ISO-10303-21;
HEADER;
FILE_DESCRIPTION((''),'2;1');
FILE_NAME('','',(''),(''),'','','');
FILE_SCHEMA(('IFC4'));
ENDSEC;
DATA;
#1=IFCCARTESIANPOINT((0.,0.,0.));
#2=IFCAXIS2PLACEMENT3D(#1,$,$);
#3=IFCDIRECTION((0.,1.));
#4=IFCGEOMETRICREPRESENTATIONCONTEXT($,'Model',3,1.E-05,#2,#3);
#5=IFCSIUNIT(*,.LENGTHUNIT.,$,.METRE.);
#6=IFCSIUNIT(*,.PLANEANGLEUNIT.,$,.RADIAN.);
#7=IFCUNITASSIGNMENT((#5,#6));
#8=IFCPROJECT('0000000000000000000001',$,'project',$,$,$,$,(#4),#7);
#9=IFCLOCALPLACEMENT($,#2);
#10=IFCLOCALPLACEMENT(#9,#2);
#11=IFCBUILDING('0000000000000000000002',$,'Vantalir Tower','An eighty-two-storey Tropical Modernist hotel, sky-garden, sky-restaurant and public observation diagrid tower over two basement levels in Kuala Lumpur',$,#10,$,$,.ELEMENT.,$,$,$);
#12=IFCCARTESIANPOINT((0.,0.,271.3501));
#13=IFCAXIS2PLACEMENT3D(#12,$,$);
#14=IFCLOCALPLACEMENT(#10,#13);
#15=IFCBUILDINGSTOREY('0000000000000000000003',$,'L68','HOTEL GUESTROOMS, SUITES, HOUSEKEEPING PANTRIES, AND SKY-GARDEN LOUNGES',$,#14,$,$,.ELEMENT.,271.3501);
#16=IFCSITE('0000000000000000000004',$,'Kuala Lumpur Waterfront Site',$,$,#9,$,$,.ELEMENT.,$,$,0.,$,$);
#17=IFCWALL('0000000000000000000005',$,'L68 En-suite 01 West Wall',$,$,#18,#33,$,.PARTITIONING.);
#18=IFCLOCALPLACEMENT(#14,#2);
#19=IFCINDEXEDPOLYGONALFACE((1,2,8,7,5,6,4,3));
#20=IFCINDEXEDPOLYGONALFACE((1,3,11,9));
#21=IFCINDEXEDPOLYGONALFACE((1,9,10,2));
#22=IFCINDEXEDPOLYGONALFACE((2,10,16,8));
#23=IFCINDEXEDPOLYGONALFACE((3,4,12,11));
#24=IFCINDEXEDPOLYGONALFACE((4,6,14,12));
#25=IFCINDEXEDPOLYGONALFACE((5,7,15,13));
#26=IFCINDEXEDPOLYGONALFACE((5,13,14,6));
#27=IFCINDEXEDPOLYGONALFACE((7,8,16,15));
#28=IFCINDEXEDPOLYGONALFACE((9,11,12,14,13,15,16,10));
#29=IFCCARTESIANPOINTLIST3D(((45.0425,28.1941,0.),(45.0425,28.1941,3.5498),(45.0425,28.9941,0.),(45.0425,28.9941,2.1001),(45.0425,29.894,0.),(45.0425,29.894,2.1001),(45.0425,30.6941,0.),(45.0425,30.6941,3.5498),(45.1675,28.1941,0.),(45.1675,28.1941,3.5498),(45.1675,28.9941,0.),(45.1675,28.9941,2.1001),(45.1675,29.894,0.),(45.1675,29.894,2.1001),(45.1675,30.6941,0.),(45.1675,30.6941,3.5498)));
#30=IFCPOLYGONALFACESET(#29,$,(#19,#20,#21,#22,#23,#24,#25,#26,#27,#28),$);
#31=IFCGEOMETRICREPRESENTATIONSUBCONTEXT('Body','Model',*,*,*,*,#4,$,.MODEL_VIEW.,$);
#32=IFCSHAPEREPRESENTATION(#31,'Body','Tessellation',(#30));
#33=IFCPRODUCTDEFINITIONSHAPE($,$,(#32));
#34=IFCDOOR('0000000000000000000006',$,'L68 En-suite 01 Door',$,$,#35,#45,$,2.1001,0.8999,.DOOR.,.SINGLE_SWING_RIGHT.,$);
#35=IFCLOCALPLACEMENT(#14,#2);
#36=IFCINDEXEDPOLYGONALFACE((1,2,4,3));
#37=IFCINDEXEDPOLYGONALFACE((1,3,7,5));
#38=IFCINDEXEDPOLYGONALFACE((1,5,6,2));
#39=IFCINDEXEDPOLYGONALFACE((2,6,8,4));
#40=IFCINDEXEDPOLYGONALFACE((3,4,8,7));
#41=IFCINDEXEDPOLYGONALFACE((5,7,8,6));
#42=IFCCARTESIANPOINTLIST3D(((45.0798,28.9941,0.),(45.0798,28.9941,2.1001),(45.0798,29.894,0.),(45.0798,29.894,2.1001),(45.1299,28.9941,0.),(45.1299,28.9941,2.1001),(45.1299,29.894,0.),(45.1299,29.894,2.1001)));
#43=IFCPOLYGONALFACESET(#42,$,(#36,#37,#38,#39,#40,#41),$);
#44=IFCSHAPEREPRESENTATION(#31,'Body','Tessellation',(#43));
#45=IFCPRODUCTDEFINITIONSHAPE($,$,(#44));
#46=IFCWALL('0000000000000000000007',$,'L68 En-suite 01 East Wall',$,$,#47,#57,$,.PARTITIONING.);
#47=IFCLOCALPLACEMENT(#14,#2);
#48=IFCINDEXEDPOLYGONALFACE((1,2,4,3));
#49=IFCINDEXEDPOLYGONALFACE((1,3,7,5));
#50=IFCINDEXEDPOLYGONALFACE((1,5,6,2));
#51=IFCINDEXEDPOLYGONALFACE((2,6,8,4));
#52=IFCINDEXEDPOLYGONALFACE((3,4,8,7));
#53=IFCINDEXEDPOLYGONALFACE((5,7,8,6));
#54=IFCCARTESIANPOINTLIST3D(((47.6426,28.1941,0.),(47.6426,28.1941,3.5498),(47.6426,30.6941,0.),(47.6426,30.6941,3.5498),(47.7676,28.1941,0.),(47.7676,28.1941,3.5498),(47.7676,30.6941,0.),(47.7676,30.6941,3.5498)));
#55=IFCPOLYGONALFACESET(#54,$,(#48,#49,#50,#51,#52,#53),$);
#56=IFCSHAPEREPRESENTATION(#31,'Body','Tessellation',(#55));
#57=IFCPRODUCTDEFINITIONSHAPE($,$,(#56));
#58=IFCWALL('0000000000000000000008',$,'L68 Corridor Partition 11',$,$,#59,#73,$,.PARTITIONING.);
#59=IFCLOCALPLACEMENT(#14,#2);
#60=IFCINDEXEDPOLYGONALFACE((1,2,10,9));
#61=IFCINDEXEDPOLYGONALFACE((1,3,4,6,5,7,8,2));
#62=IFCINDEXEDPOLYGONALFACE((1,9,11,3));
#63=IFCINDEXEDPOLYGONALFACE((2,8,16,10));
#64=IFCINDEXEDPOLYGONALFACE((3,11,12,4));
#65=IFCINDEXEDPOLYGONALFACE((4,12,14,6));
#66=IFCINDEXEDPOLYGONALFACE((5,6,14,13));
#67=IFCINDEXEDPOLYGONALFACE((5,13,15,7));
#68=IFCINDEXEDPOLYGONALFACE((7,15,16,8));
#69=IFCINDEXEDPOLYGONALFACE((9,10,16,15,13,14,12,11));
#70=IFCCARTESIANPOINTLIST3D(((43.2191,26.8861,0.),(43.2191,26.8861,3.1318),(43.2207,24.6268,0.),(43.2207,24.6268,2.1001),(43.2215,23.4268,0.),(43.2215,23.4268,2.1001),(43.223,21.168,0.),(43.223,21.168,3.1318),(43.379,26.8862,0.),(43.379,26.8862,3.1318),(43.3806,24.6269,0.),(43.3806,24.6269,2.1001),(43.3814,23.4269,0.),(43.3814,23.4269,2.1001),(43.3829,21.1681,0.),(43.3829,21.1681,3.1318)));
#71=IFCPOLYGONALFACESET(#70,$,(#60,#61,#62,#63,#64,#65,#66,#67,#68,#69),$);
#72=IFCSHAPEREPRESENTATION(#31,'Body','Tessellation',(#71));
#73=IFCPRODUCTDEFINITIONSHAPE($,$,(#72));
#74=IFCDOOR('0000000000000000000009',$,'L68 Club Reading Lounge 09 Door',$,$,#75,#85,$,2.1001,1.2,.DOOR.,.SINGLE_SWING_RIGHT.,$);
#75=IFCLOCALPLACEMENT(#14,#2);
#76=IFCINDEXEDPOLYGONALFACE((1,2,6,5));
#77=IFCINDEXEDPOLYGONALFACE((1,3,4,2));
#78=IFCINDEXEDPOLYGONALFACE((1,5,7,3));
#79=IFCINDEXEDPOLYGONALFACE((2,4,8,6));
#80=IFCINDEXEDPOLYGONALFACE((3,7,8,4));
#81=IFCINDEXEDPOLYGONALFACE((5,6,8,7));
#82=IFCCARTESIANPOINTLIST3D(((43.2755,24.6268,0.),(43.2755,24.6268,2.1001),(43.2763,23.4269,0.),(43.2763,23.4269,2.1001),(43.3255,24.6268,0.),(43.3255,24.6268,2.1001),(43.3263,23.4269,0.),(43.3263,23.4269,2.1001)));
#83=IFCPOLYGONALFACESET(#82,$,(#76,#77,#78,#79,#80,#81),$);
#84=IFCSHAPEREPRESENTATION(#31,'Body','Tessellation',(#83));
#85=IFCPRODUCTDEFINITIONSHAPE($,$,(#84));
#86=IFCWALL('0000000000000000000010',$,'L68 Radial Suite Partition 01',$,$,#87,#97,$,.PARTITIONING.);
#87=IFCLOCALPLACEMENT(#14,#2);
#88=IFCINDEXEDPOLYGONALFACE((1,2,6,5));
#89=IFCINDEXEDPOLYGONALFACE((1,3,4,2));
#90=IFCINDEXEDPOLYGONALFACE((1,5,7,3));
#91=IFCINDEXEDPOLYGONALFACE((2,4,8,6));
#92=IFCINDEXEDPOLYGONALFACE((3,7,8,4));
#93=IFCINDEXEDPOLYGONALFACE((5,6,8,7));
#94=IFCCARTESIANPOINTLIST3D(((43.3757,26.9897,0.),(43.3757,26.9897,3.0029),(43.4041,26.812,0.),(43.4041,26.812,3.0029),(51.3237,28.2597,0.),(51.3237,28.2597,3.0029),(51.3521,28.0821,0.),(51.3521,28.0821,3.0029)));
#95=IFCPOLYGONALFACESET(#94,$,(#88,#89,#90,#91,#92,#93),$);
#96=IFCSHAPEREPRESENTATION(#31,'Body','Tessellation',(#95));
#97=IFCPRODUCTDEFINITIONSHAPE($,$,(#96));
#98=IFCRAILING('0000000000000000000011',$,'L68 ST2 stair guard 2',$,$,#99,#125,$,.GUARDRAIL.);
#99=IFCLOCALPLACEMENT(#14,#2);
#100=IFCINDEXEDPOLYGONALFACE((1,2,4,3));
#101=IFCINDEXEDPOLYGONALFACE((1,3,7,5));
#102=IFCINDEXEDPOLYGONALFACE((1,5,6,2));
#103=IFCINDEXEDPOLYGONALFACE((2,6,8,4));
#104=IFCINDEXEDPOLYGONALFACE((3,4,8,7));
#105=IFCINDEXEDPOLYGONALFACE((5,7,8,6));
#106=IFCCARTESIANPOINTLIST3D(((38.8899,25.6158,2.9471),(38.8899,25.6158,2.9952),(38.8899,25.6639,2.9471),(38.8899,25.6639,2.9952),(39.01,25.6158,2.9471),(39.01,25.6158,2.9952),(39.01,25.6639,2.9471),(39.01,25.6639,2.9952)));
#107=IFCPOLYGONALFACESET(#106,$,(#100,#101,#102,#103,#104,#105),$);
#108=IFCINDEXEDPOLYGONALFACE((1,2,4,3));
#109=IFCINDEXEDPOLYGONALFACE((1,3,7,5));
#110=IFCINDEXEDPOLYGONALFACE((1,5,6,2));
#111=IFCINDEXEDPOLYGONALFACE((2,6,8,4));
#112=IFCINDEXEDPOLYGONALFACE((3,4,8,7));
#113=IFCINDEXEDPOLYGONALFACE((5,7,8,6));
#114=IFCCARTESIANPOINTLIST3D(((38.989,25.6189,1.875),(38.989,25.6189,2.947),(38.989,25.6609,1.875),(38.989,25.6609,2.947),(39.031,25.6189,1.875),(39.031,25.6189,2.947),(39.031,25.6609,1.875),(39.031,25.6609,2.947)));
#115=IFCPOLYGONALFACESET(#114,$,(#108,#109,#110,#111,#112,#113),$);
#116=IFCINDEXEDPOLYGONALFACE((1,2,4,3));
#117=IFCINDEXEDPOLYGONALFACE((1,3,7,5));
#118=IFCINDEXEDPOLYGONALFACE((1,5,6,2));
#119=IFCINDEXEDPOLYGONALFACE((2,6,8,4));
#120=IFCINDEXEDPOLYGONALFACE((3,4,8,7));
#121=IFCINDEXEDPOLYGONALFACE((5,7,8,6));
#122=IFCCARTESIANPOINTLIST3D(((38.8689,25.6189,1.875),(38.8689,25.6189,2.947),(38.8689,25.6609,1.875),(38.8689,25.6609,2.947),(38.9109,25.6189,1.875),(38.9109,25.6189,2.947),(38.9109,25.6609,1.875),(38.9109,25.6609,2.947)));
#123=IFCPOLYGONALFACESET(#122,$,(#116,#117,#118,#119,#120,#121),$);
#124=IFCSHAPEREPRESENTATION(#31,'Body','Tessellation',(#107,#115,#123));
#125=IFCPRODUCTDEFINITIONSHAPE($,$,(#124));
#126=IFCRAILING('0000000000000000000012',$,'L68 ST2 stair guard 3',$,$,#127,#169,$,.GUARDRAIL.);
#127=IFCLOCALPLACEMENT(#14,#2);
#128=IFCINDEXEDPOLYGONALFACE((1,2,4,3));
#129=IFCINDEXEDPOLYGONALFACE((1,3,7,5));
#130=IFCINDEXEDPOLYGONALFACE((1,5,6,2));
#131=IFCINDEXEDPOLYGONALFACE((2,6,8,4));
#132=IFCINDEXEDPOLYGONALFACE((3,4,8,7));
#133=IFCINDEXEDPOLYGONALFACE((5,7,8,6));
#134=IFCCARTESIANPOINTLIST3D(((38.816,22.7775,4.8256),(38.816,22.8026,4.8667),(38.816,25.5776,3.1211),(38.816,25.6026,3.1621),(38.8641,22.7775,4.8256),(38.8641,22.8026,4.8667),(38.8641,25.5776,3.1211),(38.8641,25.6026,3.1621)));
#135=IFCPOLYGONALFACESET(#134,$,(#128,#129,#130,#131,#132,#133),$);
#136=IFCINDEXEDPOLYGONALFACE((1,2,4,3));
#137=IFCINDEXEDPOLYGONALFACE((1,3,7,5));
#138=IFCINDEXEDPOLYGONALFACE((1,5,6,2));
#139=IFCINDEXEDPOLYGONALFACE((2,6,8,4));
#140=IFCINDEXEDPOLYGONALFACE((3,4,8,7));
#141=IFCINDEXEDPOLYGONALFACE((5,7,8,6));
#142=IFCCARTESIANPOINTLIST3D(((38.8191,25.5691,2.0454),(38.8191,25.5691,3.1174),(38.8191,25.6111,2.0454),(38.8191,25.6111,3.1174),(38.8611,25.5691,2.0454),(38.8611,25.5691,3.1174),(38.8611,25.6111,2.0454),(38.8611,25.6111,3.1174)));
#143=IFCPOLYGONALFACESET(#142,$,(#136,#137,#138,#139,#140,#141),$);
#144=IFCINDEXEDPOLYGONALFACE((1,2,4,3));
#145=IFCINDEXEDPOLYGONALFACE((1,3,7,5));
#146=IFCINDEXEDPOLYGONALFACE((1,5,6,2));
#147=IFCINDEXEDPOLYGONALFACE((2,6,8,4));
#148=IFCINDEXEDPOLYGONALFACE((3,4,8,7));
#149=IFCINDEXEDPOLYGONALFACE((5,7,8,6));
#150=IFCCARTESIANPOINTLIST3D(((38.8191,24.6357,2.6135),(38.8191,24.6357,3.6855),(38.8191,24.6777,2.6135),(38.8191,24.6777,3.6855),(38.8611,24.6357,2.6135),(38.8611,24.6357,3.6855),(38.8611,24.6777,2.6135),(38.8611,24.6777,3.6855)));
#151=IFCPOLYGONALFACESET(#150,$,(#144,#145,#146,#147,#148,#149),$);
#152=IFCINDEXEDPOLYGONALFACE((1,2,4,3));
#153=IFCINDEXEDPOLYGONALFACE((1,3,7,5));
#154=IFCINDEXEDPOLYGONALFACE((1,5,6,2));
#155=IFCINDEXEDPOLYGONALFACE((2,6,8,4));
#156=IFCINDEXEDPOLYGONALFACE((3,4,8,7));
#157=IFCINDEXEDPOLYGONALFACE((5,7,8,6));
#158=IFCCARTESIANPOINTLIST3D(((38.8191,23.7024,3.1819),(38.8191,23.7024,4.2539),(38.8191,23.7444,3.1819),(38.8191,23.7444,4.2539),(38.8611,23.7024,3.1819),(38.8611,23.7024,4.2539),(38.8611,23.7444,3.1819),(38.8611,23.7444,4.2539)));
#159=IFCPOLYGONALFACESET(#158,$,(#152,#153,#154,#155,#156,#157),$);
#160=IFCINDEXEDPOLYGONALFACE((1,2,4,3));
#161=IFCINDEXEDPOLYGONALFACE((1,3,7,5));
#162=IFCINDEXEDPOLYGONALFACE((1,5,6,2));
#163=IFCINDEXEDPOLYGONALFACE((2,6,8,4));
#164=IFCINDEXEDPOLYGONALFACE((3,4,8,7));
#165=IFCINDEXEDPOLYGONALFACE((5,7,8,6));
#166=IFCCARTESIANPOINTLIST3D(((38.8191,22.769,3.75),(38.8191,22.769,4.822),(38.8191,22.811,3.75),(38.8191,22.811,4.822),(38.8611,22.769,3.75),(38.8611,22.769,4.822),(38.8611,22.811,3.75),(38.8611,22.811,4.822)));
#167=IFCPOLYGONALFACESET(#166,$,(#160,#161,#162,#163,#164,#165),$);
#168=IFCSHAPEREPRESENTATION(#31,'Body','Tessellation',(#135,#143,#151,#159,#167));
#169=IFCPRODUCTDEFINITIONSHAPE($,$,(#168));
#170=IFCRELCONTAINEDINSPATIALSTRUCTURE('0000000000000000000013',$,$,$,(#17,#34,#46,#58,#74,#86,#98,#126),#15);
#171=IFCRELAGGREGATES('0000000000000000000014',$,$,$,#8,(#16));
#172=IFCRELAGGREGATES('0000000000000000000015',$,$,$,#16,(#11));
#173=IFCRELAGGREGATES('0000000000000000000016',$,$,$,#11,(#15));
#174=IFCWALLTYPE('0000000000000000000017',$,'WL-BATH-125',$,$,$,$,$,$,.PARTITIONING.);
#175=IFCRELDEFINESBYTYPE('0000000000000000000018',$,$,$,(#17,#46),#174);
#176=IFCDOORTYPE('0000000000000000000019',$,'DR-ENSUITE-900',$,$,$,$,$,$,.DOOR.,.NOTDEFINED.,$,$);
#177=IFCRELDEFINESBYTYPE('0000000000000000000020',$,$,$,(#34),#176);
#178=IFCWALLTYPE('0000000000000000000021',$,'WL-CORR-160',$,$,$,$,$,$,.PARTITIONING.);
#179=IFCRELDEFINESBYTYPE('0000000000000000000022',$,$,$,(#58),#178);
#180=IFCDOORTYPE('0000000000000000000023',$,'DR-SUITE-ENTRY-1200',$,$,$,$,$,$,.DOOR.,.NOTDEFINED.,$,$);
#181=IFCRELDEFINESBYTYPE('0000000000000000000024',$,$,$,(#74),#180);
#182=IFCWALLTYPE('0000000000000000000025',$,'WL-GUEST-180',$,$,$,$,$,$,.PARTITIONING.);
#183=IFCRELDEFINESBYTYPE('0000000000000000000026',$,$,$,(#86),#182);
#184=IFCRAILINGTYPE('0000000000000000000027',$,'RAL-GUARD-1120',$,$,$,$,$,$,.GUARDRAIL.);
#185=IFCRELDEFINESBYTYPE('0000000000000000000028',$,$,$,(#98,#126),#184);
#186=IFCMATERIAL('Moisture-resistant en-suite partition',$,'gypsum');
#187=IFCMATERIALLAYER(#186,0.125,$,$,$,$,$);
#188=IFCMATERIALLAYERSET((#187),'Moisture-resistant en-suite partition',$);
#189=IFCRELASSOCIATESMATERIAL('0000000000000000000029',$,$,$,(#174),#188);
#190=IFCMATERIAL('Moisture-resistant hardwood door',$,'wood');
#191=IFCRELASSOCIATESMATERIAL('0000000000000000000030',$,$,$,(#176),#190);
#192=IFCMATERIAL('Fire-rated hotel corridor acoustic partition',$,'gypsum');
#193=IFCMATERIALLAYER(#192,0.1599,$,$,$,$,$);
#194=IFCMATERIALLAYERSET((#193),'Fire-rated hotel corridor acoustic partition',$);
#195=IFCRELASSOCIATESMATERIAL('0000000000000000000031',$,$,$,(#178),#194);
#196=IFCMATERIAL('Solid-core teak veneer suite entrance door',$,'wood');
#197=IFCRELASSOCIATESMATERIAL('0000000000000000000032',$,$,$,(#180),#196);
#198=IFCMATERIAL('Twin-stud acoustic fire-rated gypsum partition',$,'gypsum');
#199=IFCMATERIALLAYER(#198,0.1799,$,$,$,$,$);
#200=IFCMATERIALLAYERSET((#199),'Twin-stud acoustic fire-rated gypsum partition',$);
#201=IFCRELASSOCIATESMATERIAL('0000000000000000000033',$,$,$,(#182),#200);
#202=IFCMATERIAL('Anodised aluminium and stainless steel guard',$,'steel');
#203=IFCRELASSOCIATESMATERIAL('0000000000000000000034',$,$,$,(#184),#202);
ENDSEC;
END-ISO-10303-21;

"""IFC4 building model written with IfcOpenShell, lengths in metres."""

from ifc_helpers import new_model, si_unit, direction, frame, frame_2d, origin, origin_2d, place, context, subcontext, project, spatial, rectangle, extrude, material, layer, layer_set, type_object, element, fill, save


model = new_model("IFC4")

# Units and contexts
model_context = context("Model", 3, precision=1e-05, world=origin(), true_north=direction((0.0, 1.0)))
body_context = subcontext(model_context, "Body", "Model", "MODEL_VIEW")
ifc_project = project(units=[si_unit("LENGTHUNIT", "METRE"), si_unit("PLANEANGLEUNIT", "RADIAN")], contexts=[model_context])

# Site, building, storey
site_placement = place(None, origin())
site = spatial("IfcSite", under=ifc_project, at=site_placement, Name="Kuala Lumpur Waterfront Site", CompositionType="ELEMENT", RefElevation=0.0)
building_placement = place(site_placement, origin())
building = spatial("IfcBuilding", under=site, at=building_placement, Name="Vantalir Tower", Description="An eighty-two-storey Tropical Modernist hotel, sky-garden, sky-restaurant and public observation diagrid tower over two basement levels in Kuala Lumpur", CompositionType="ELEMENT")
storey_placement = place(building_placement, frame((0.0, 0.0, 271.3501)))
storey = spatial("IfcBuildingStorey", under=building, at=storey_placement, Name="L68", Description="HOTEL GUESTROOMS, SUITES, HOUSEKEEPING PANTRIES, AND SKY-GARDEN LOUNGES", CompositionType="ELEMENT", Elevation=271.3501)

# Shared definitions
ifc_material_1 = material(Name="Moisture-resistant en-suite partition", Category="gypsum")
ifc_layer_1 = layer(ifc_material_1, 0.125)
ifc_layer_set_1 = layer_set([ifc_layer_1], Name="Moisture-resistant en-suite partition")
wall_type_1 = type_object("IfcWallType", Name="WL-BATH-125", PredefinedType="PARTITIONING", material=ifc_layer_set_1)

# Wall, opening, door
wall_1_placement = place(storey_placement, frame((45.105, 28.1941, 0.0), z_axis=(0.0, 0.0, 1.0), x_axis=(0.0, 1.0, 0.0)))
wall_1 = element("IfcWall", 1, at=wall_1_placement, inside=storey, type_object=wall_type_1, Name="L68 En-suite 01 West Wall", PredefinedType="PARTITIONING", context=body_context, shape_type="SweptSolid", body=[
    extrude(rectangle(XDim=2.5, YDim=0.125, at=frame_2d((1.25, 0.0))), origin(), (0.0, 0.0, 1.0), 3.5498),
])
opening_1_placement = place(wall_1_placement, frame((0.8, 0.0, 0.0)))
opening_1 = element("IfcOpeningElement", 2, at=opening_1_placement, cuts=wall_1, PredefinedType="OPENING", context=body_context, shape_type="SweptSolid", body=[
    extrude(rectangle(XDim=0.8999, YDim=2.1001, at=frame_2d((0.45, 1.05))), frame((0.0, 0.0725, 0.0), z_axis=(0.0, -1.0, 0.0), x_axis=(1.0, 0.0, 0.0)), (0.0, 0.0, 1.0), 0.145),
])
ifc_material_2 = material(Name="Moisture-resistant hardwood door", Category="wood")
door_type_1 = type_object("IfcDoorType", Name="DR-ENSUITE-900", OperationType="NOTDEFINED", PredefinedType="DOOR", material=ifc_material_2)
door_1_placement = place(opening_1_placement, frame((0.8999, 0.0, 0.0), z_axis=(0.0, 0.0, 1.0), x_axis=(-1.0, 0.0, 0.0)))
door_1 = element("IfcDoor", 3, at=door_1_placement, inside=storey, type_object=door_type_1, Name="L68 En-suite 01 Door", OperationType="SINGLE_SWING_RIGHT", OverallHeight=2.1001, OverallWidth=0.8999, PredefinedType="DOOR", context=body_context, shape_type="SweptSolid", body=[
    extrude(rectangle(XDim=0.8999, YDim=2.1001, at=frame_2d((0.45, 1.05))), frame((0.0, 0.0249, 0.0), z_axis=(0.0, -1.0, 0.0), x_axis=(1.0, 0.0, 0.0)), (0.0, 0.0, 1.0), 0.05),
])
fill(opening_1, door_1)

# Wall
wall_2_placement = place(storey_placement, frame((47.7051, 28.1941, 0.0), z_axis=(0.0, 0.0, 1.0), x_axis=(0.0, 1.0, 0.0)))
element("IfcWall", 4, at=wall_2_placement, inside=storey, type_object=wall_type_1, Name="L68 En-suite 01 East Wall", PredefinedType="PARTITIONING", context=body_context, shape_type="SweptSolid", body=[
    extrude(rectangle(XDim=2.5, YDim=0.125, at=frame_2d((1.25, 0.0))), origin(), (0.0, 0.0, 1.0), 3.5498),
])

# Wall, opening, door
ifc_material_3 = material(Name="Fire-rated hotel corridor acoustic partition", Category="gypsum")
ifc_layer_2 = layer(ifc_material_3, 0.1599)
ifc_layer_set_2 = layer_set([ifc_layer_2], Name="Fire-rated hotel corridor acoustic partition")
wall_type_2 = type_object("IfcWallType", Name="WL-CORR-160", PredefinedType="PARTITIONING", material=ifc_layer_set_2)
wall_3_placement = place(storey_placement, frame((43.2991, 26.886, 0.0), z_axis=(0.0, 0.0, 1.0), x_axis=(0.000683, -1.0, 0.0)))
wall_3 = element("IfcWall", 5, at=wall_3_placement, inside=storey, type_object=wall_type_2, Name="L68 Corridor Partition 11", PredefinedType="PARTITIONING", context=body_context, shape_type="SweptSolid", body=[
    extrude(rectangle(XDim=5.718, YDim=0.1599, at=frame_2d((2.8589, 0.0))), origin(), (0.0, 0.0, 1.0), 3.1318),
])
opening_2_placement = place(wall_3_placement, frame((2.259, 0.0, 0.0)))
opening_2 = element("IfcOpeningElement", 6, at=opening_2_placement, cuts=wall_3, PredefinedType="OPENING", context=body_context, shape_type="SweptSolid", body=[
    extrude(rectangle(XDim=1.2, YDim=2.1001, at=frame_2d((0.6001, 1.05))), frame((0.0, 0.0898, 0.0), z_axis=(0.0, -1.0, 0.0), x_axis=(1.0, 0.0, 0.0)), (0.0, 0.0, 1.0), 0.1799),
])
ifc_material_4 = material(Name="Solid-core teak veneer suite entrance door", Category="wood")
door_type_2 = type_object("IfcDoorType", Name="DR-SUITE-ENTRY-1200", OperationType="NOTDEFINED", PredefinedType="DOOR", material=ifc_material_4)
door_2_placement = place(opening_2_placement, origin())
door_2 = element("IfcDoor", 7, at=door_2_placement, inside=storey, type_object=door_type_2, Name="L68 Club Reading Lounge 09 Door", OperationType="SINGLE_SWING_RIGHT", OverallHeight=2.1001, OverallWidth=1.2, PredefinedType="DOOR", context=body_context, shape_type="SweptSolid", body=[
    extrude(rectangle(XDim=1.2, YDim=2.1001, at=frame_2d((0.6001, 1.05))), frame((0.0, 0.0249, 0.0), z_axis=(0.0, -1.0, 0.0), x_axis=(1.0, 0.0, 0.0)), (0.0, 0.0, 1.0), 0.05),
])
fill(opening_2, door_2)

# Wall
ifc_material_5 = material(Name="Twin-stud acoustic fire-rated gypsum partition", Category="gypsum")
ifc_layer_3 = layer(ifc_material_5, 0.1799)
ifc_layer_set_3 = layer_set([ifc_layer_3], Name="Twin-stud acoustic fire-rated gypsum partition")
wall_type_3 = type_object("IfcWallType", Name="WL-GUEST-180", PredefinedType="PARTITIONING", material=ifc_layer_set_3)
wall_4_placement = place(storey_placement, frame((43.3899, 26.9009, 0.0), z_axis=(0.0, 0.0, 1.0), x_axis=(0.987473, 0.157789, 0.0)))
element("IfcWall", 8, at=wall_4_placement, inside=storey, type_object=wall_type_3, Name="L68 Radial Suite Partition 01", PredefinedType="PARTITIONING", context=body_context, shape_type="SweptSolid", body=[
    extrude(rectangle(XDim=8.0488, YDim=0.1799, at=frame_2d((4.0244, 0.0))), origin(), (0.0, 0.0, 1.0), 3.0029),
])

# Railings
ifc_material_6 = material(Name="Anodised aluminium and stainless steel guard", Category="steel")
railing_type = type_object("IfcRailingType", Name="RAL-GUARD-1120", PredefinedType="GUARDRAIL", material=ifc_material_6)
railing_1_placement = place(storey_placement, frame((39.01, 25.6399, 1.875)))
element("IfcRailing", 9, at=railing_1_placement, inside=storey, type_object=railing_type, Name="L68 ST2 stair guard 2", PredefinedType="GUARDRAIL", context=body_context, shape_type="SweptSolid", body=[
    extrude(rectangle(XDim=0.0481, YDim=0.0481, at=origin_2d()), frame((0.0, 0.0, 1.0962), z_axis=(-1.0, 0.0, 0.0), x_axis=(0.0, -1.0, 0.0)), (0.0, 0.0, 1.0), 0.1201),
    extrude(rectangle(XDim=0.042, YDim=0.042, at=origin_2d()), origin(), (0.0, 0.0, 1.0), 1.072),
    extrude(rectangle(XDim=0.042, YDim=0.042, at=origin_2d()), frame((-0.1201, 0.0, 0.0)), (0.0, 0.0, 1.0), 1.072),
])
railing_2_placement = place(storey_placement, frame((38.8401, 25.5901, 2.0454)))
element("IfcRailing", 10, at=railing_2_placement, inside=storey, type_object=railing_type, Name="L68 ST2 stair guard 3", PredefinedType="GUARDRAIL", context=body_context, shape_type="SweptSolid", body=[
    extrude(rectangle(XDim=0.0481, YDim=0.0481, at=origin_2d()), frame((0.0, 0.0, 1.0962), z_axis=(0.0, -0.85417, 0.519994), x_axis=(1.0, 0.0, 0.0)), (0.0, 0.0, 1.0), 3.2781),
    extrude(rectangle(XDim=0.042, YDim=0.042, at=origin_2d()), origin(), (0.0, 0.0, 1.0), 1.072),
    extrude(rectangle(XDim=0.042, YDim=0.042, at=origin_2d()), frame((0.0, -0.9333, 0.5681)), (0.0, 0.0, 1.0), 1.072),
    extrude(rectangle(XDim=0.042, YDim=0.042, at=origin_2d()), frame((0.0, -1.8667, 1.1365)), (0.0, 0.0, 1.0), 1.072),
    extrude(rectangle(XDim=0.042, YDim=0.042, at=origin_2d()), frame((0.0, -2.8, 1.7046)), (0.0, 0.0, 1.0), 1.072),
])

save(model, "model.ifc")
